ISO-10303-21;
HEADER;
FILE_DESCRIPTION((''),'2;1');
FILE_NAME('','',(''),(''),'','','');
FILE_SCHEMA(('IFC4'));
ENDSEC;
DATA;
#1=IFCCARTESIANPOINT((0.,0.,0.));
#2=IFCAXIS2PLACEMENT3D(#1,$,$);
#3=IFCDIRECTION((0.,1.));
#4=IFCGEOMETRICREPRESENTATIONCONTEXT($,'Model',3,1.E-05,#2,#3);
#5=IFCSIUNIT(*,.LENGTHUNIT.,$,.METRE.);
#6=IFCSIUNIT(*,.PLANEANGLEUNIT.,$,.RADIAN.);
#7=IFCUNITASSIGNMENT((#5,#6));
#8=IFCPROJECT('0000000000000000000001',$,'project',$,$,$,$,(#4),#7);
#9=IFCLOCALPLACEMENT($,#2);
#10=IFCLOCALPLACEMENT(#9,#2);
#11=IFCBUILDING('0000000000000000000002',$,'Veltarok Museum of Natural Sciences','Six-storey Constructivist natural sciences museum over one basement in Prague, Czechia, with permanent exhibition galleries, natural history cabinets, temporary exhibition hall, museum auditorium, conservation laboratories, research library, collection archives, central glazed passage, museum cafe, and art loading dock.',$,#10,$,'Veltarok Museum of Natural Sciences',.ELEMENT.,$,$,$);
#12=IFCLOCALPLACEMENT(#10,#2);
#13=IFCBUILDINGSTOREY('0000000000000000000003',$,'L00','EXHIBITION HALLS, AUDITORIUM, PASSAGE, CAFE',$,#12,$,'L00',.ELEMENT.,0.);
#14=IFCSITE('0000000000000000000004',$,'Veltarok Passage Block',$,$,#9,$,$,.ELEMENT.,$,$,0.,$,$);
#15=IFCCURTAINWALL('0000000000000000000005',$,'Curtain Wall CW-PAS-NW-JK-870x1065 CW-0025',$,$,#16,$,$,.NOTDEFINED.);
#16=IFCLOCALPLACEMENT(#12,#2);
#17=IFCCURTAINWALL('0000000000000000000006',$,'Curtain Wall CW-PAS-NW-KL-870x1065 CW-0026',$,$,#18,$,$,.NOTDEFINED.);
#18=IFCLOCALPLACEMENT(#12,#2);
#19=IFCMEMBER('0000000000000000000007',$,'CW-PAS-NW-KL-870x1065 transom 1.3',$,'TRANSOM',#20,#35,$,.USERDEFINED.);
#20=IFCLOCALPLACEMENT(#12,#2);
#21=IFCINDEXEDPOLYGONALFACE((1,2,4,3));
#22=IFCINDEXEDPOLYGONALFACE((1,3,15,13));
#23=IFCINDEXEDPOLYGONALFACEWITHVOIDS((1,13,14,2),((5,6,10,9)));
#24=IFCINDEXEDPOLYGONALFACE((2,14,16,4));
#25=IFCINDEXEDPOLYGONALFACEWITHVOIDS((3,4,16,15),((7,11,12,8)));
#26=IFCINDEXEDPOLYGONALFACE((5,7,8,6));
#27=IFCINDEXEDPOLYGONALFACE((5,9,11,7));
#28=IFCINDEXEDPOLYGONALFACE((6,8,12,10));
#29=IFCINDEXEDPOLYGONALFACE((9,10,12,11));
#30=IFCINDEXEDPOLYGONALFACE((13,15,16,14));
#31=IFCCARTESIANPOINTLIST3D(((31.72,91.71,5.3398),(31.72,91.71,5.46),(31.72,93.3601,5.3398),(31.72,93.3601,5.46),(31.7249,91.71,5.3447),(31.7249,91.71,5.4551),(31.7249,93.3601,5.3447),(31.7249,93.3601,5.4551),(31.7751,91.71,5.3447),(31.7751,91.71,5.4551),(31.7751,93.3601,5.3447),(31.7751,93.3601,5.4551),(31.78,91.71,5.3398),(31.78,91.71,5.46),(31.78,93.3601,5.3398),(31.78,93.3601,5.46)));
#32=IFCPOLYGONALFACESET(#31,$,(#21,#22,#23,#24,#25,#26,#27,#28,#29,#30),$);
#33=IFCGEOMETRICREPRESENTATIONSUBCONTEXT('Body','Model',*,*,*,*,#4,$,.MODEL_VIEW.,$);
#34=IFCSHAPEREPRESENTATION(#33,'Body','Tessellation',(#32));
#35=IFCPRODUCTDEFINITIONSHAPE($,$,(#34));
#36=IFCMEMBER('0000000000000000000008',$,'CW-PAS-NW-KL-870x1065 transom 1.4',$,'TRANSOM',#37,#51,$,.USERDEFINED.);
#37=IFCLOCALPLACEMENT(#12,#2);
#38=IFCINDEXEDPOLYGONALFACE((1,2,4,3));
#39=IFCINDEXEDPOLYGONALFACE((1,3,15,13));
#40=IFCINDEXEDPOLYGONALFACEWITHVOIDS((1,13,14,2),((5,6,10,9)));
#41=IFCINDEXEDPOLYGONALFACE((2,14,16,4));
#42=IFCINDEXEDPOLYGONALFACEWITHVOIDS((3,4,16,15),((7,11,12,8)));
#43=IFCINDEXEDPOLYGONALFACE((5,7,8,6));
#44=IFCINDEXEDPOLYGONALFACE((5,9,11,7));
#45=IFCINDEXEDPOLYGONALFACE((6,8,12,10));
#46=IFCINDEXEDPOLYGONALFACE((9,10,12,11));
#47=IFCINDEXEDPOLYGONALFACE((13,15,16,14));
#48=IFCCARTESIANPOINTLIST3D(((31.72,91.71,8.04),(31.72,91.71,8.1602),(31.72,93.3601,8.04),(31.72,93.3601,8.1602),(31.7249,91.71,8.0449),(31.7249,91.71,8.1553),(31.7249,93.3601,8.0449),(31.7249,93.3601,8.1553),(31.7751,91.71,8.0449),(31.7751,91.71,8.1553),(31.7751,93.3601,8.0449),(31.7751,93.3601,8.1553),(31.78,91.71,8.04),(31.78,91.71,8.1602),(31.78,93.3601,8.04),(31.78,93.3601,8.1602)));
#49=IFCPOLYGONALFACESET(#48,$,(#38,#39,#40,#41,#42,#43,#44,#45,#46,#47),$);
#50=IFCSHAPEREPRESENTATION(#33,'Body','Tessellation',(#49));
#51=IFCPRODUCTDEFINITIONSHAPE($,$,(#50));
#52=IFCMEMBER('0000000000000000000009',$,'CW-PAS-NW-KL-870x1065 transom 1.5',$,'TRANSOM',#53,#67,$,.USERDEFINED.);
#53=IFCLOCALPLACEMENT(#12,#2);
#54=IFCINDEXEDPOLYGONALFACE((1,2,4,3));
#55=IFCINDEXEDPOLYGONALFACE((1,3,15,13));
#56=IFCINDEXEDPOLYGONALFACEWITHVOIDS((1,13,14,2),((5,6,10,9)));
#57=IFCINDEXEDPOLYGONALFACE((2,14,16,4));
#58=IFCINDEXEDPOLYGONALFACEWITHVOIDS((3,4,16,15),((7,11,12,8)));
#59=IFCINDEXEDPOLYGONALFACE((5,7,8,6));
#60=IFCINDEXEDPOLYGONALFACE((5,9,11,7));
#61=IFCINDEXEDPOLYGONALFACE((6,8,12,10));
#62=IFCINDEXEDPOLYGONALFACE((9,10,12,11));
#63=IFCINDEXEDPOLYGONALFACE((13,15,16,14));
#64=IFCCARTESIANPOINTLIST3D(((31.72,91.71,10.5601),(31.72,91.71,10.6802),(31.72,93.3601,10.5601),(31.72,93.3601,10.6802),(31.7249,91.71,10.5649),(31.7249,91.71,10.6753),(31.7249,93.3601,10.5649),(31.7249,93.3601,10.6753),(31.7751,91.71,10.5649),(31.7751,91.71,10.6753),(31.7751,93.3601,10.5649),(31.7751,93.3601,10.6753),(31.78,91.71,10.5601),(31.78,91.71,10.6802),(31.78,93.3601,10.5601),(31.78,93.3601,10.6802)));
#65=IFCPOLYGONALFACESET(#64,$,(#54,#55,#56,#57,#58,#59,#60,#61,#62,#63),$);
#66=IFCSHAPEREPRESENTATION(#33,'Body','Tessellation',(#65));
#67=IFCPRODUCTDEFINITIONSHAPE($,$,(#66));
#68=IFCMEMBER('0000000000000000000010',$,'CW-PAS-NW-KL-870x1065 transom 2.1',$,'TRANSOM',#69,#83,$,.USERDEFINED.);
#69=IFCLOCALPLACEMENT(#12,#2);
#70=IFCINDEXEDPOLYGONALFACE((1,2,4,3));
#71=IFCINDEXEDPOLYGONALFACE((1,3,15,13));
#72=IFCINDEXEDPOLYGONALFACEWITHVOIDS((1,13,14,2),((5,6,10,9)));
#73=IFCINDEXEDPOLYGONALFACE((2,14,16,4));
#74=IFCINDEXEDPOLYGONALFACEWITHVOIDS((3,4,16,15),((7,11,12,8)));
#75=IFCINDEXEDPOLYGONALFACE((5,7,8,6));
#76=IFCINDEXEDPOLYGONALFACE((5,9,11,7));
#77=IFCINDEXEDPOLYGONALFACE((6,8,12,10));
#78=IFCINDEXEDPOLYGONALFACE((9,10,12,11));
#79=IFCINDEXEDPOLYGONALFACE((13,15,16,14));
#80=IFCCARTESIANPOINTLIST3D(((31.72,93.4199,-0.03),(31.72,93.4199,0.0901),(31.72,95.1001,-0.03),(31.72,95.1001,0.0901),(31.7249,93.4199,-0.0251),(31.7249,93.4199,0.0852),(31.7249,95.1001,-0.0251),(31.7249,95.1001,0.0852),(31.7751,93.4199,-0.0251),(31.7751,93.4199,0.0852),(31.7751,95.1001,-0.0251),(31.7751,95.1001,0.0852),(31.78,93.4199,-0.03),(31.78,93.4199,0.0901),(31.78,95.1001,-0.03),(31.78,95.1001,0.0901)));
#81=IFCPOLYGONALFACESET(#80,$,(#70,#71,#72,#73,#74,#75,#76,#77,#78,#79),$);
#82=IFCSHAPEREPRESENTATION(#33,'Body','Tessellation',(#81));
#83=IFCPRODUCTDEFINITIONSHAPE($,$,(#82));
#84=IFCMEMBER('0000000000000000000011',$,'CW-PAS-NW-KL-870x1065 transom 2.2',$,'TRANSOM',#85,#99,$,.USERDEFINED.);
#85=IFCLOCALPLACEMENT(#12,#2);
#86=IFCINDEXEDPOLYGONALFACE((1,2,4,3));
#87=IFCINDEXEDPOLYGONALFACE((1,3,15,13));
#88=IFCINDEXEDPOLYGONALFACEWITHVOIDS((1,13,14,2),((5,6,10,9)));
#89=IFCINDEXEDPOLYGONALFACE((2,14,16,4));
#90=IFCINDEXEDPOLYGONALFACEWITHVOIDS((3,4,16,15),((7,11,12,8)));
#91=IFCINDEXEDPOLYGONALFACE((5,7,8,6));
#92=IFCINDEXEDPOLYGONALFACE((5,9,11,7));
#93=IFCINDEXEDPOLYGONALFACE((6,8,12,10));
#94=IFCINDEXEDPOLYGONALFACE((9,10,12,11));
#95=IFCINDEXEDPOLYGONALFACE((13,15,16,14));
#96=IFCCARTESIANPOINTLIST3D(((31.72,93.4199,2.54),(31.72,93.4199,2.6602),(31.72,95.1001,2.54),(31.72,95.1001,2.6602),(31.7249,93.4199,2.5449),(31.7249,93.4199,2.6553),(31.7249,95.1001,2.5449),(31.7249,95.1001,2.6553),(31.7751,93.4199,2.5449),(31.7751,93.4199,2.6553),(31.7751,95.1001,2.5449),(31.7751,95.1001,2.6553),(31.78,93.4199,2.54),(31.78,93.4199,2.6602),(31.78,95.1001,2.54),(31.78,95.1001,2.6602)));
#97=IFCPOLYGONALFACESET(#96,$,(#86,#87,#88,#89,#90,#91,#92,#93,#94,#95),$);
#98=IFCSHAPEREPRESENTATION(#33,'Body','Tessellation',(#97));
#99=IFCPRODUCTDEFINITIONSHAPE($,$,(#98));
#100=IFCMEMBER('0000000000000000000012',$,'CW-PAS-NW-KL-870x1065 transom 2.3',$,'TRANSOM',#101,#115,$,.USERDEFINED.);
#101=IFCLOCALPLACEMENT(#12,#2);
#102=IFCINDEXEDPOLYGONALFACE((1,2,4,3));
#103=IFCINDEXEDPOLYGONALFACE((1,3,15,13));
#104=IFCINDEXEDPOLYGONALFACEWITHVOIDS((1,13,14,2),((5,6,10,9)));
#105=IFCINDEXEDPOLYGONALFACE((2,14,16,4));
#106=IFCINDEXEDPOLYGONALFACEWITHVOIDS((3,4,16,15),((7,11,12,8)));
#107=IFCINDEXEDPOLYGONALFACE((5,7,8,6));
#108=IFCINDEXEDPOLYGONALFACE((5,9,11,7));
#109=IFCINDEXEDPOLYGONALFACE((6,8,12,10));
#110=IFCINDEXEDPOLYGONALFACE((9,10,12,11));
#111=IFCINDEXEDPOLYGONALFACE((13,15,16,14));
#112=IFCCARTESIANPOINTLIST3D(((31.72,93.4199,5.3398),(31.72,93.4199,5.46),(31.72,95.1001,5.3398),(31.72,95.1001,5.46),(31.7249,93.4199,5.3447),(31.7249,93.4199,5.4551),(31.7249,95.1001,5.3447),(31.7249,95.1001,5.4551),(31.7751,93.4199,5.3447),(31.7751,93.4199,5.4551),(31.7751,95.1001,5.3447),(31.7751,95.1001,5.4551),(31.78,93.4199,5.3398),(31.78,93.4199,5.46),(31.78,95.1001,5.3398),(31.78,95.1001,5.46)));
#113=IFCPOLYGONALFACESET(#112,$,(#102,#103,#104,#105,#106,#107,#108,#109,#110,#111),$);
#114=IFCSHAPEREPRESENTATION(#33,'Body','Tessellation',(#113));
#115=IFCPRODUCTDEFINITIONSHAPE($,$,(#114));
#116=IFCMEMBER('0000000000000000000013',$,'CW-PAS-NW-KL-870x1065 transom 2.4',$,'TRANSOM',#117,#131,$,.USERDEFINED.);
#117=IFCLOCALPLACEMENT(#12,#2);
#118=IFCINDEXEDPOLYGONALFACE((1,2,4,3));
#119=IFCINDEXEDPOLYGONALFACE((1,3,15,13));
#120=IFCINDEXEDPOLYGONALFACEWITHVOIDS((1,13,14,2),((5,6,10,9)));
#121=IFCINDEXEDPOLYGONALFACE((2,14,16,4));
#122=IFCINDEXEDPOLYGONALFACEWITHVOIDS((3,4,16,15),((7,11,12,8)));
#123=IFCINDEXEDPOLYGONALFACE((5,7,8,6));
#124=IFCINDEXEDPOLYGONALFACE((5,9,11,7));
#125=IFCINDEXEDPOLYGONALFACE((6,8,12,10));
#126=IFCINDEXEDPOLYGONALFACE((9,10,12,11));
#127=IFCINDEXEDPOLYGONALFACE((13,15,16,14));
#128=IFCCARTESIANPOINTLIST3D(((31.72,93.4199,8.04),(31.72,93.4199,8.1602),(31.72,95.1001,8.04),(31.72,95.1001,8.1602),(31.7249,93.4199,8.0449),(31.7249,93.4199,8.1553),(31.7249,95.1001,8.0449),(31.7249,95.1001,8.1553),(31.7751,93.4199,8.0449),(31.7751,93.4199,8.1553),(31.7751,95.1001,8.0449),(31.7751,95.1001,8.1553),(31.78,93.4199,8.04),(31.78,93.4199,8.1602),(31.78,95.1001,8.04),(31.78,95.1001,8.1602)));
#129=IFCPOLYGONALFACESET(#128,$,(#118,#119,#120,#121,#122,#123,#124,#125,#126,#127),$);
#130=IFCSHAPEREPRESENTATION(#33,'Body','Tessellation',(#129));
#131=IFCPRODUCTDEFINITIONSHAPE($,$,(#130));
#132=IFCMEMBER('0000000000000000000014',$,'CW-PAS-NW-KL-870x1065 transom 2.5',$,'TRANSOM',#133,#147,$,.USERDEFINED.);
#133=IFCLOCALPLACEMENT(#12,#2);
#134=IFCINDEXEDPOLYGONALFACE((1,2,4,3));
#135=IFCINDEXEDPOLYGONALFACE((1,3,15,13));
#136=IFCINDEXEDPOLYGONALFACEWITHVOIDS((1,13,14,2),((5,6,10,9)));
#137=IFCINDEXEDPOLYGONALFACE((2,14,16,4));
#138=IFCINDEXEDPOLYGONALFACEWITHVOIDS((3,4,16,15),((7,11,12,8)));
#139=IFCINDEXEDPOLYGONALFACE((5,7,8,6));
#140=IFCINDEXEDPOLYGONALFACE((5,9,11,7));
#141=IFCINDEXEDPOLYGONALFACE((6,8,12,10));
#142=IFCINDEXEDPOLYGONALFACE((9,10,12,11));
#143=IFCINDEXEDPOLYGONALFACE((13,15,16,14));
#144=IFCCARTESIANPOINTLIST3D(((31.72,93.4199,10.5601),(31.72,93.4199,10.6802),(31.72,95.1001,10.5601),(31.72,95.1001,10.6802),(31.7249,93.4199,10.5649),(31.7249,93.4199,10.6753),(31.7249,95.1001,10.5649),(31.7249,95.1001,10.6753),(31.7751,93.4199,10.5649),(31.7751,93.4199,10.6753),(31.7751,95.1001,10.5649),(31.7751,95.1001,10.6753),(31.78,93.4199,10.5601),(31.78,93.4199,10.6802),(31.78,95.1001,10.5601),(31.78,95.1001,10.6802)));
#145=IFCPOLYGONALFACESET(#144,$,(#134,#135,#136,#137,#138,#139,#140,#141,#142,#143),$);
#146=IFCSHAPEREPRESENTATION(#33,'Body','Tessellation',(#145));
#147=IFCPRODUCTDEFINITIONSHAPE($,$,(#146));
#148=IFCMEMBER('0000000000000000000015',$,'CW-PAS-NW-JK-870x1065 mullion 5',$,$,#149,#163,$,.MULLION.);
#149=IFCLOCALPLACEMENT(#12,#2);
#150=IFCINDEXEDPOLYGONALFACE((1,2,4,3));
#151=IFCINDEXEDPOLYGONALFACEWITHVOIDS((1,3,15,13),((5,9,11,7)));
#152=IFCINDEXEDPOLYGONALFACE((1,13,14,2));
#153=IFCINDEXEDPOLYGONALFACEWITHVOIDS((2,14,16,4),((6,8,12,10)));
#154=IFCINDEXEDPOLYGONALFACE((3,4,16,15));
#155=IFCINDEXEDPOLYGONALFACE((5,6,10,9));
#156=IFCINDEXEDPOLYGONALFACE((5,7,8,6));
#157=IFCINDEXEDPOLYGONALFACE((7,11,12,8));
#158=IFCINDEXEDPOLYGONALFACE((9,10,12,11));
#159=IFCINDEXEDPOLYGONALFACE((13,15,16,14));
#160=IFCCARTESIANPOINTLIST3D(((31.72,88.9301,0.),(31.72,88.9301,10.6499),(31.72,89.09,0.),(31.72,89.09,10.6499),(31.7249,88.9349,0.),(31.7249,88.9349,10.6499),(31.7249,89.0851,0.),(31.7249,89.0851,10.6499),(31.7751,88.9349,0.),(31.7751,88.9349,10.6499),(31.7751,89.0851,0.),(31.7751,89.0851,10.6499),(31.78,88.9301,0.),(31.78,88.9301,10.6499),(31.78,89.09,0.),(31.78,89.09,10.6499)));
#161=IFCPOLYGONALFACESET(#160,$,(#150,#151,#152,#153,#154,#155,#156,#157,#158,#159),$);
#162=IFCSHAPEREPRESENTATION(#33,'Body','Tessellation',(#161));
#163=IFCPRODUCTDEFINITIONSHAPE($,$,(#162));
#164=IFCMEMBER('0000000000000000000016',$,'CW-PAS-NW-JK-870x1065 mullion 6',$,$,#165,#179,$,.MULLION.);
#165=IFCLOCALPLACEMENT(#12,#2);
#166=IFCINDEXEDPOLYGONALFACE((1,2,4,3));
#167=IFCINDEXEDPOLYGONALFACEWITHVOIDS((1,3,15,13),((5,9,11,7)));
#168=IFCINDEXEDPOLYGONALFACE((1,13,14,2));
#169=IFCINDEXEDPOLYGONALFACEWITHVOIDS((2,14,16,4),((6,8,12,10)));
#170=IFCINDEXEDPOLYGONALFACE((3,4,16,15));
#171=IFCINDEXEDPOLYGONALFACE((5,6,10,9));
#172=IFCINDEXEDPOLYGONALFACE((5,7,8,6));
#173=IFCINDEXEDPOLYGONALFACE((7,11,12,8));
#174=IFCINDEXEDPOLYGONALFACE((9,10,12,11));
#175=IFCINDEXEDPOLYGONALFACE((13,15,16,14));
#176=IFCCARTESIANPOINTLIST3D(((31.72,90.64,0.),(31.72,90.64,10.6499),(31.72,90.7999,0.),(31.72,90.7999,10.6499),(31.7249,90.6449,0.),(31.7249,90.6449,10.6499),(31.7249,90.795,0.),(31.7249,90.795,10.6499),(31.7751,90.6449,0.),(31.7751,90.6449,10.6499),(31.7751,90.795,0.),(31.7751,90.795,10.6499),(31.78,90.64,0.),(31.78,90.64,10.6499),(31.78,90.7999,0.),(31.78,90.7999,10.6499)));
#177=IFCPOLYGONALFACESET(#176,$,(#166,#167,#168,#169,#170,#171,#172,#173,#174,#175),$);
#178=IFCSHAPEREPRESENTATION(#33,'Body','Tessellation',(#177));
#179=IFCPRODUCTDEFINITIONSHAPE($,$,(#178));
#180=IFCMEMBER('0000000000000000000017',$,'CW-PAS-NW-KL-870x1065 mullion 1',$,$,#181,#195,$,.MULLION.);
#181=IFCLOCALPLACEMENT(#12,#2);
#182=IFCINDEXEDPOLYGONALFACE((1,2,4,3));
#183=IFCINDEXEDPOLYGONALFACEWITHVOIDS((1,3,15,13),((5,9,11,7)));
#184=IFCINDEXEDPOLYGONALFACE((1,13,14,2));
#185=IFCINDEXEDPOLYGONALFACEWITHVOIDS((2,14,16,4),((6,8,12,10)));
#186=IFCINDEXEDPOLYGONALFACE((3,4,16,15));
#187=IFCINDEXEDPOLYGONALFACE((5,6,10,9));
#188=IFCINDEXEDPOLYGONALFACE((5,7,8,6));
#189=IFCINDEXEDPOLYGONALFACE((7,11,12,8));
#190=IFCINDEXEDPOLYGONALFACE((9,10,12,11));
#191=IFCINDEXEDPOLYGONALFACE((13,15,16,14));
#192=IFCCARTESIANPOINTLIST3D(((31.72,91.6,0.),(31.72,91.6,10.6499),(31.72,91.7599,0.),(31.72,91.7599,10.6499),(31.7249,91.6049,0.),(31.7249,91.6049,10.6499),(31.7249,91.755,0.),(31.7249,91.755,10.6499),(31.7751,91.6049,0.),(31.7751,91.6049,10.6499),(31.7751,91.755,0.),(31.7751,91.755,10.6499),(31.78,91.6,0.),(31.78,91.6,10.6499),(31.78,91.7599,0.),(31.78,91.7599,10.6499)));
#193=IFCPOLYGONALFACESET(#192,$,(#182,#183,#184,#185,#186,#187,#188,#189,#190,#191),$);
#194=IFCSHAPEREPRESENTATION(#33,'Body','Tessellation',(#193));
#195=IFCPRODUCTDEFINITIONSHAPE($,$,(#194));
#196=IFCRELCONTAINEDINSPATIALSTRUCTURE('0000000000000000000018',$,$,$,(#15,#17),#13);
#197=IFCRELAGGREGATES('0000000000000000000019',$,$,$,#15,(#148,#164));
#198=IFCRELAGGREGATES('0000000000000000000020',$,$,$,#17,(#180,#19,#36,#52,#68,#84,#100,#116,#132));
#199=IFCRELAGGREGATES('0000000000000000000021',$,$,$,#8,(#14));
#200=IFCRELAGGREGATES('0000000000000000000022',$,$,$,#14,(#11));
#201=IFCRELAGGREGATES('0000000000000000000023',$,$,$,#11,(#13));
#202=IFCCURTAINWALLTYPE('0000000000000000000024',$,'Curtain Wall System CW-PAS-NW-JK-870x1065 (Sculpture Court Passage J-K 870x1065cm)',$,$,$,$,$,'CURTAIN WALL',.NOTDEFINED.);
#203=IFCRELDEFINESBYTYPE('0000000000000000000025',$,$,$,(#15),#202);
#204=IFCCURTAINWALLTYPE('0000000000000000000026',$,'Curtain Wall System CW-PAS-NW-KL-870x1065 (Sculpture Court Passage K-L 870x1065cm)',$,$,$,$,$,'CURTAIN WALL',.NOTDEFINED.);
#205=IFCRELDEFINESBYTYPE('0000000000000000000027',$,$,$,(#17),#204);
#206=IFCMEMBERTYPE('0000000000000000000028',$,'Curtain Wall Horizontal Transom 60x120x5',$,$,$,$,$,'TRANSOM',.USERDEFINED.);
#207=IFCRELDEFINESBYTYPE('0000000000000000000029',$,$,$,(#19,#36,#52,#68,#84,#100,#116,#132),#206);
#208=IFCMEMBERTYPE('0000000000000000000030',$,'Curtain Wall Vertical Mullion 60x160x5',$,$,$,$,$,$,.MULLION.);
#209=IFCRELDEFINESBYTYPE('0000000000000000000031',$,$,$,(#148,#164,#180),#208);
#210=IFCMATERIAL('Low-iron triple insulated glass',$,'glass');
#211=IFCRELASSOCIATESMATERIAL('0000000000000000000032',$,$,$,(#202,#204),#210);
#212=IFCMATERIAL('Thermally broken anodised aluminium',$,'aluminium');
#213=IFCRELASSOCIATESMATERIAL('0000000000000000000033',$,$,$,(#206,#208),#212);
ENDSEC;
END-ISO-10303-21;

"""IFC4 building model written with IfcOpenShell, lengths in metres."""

from ifc_helpers import new_model, si_unit, direction, frame, origin, origin_2d, place, context, subcontext, project, spatial, hollow_rectangle, extrude, material, material_profile, profile_set, type_object, element, aggregate, save


model = new_model("IFC4")

# Units and contexts
model_context = context("Model", 3, precision=1e-05, world=origin(), true_north=direction((0.0, 1.0)))
body_context = subcontext(model_context, "Body", "Model", "MODEL_VIEW")
ifc_project = project(units=[si_unit("LENGTHUNIT", "METRE"), si_unit("PLANEANGLEUNIT", "RADIAN")], contexts=[model_context])

# Site, building, storey
site_placement = place(None, origin())
site = spatial("IfcSite", under=ifc_project, at=site_placement, Name="Veltarok Passage Block", CompositionType="ELEMENT", RefElevation=0.0)
building_placement = place(site_placement, origin())
building = spatial("IfcBuilding", under=site, at=building_placement, Name="Veltarok Museum of Natural Sciences", Description="Six-storey Constructivist natural sciences museum over one basement in Prague, Czechia, with permanent exhibition galleries, natural history cabinets, temporary exhibition hall, museum auditorium, conservation laboratories, research library, collection archives, central glazed passage, museum cafe, and art loading dock.", LongName="Veltarok Museum of Natural Sciences", CompositionType="ELEMENT")
storey_placement = place(building_placement, origin())
storey = spatial("IfcBuildingStorey", under=building, at=storey_placement, Name="L00", Description="EXHIBITION HALLS, AUDITORIUM, PASSAGE, CAFE", LongName="L00", CompositionType="ELEMENT", Elevation=0.0)

# Curtain walls, members
ifc_material_1 = material(Name="Low-iron triple insulated glass", Category="glass")
curtain_wall_type_1 = type_object("IfcCurtainWallType", Name="Curtain Wall System CW-PAS-NW-JK-870x1065 (Sculpture Court Passage J-K 870x1065cm)", ElementType="CURTAIN WALL", PredefinedType="NOTDEFINED", material=ifc_material_1)
curtain_wall_1_placement = place(storey_placement, origin())
curtain_wall_1 = element("IfcCurtainWall", 1, at=curtain_wall_1_placement, inside=storey, type_object=curtain_wall_type_1, Name="Curtain Wall CW-PAS-NW-JK-870x1065 CW-0025", PredefinedType="NOTDEFINED")
ifc_material_2 = material(Name="Thermally broken anodised aluminium", Category="aluminium")
ifc_material_profile_1 = material_profile(ifc_material_2, hollow_rectangle(XDim=0.0601, YDim=0.1201, WallThickness=0.0049, at=origin_2d()), Name="CW TRANSOM 60x120x5")
ifc_profile_set_1 = profile_set([ifc_material_profile_1], Name="Thermally broken anodised aluminium")
member_type_1 = type_object("IfcMemberType", Name="Curtain Wall Horizontal Transom 60x120x5", ElementType="TRANSOM", PredefinedType="USERDEFINED", material=ifc_profile_set_1)
curtain_wall_type_2 = type_object("IfcCurtainWallType", Name="Curtain Wall System CW-PAS-NW-KL-870x1065 (Sculpture Court Passage K-L 870x1065cm)", ElementType="CURTAIN WALL", PredefinedType="NOTDEFINED", material=ifc_material_1)
curtain_wall_2_placement = place(storey_placement, origin())
curtain_wall_2 = element("IfcCurtainWall", 2, at=curtain_wall_2_placement, inside=storey, type_object=curtain_wall_type_2, Name="Curtain Wall CW-PAS-NW-KL-870x1065 CW-0026", PredefinedType="NOTDEFINED")
member_1_placement = place(storey_placement, frame((31.75, 91.71, 5.3999), z_axis=(0.0, 1.0, 0.0), x_axis=(-1.0, 0.0, 0.0)))
member_1 = element("IfcMember", 3, at=member_1_placement, type_object=member_type_1, Name="CW-PAS-NW-KL-870x1065 transom 1.3", ObjectType="TRANSOM", PredefinedType="USERDEFINED", context=body_context, shape_type="SweptSolid", body=[
    extrude(hollow_rectangle(XDim=0.0601, YDim=0.1201, WallThickness=0.0049, at=origin_2d()), origin(), (0.0, 0.0, 1.0), 1.6501),
])
member_2_placement = place(storey_placement, frame((31.75, 91.71, 8.1001), z_axis=(0.0, 1.0, 0.0), x_axis=(-1.0, 0.0, 0.0)))
member_2 = element("IfcMember", 4, at=member_2_placement, type_object=member_type_1, Name="CW-PAS-NW-KL-870x1065 transom 1.4", ObjectType="TRANSOM", PredefinedType="USERDEFINED", context=body_context, shape_type="SweptSolid", body=[
    extrude(hollow_rectangle(XDim=0.0601, YDim=0.1201, WallThickness=0.0049, at=origin_2d()), origin(), (0.0, 0.0, 1.0), 1.6501),
])
member_3_placement = place(storey_placement, frame((31.75, 91.71, 10.6201), z_axis=(0.0, 1.0, 0.0), x_axis=(-1.0, 0.0, 0.0)))
member_3 = element("IfcMember", 5, at=member_3_placement, type_object=member_type_1, Name="CW-PAS-NW-KL-870x1065 transom 1.5", ObjectType="TRANSOM", PredefinedType="USERDEFINED", context=body_context, shape_type="SweptSolid", body=[
    extrude(hollow_rectangle(XDim=0.0601, YDim=0.1201, WallThickness=0.0049, at=origin_2d()), origin(), (0.0, 0.0, 1.0), 1.6501),
])
member_4_placement = place(storey_placement, frame((31.75, 93.4199, 0.03), z_axis=(0.0, 1.0, 0.0), x_axis=(-1.0, 0.0, 0.0)))
member_4 = element("IfcMember", 6, at=member_4_placement, type_object=member_type_1, Name="CW-PAS-NW-KL-870x1065 transom 2.1", ObjectType="TRANSOM", PredefinedType="USERDEFINED", context=body_context, shape_type="SweptSolid", body=[
    extrude(hollow_rectangle(XDim=0.0601, YDim=0.1201, WallThickness=0.0049, at=origin_2d()), origin(), (0.0, 0.0, 1.0), 1.6802),
])
member_5_placement = place(storey_placement, frame((31.75, 93.4199, 2.6001), z_axis=(0.0, 1.0, 0.0), x_axis=(-1.0, 0.0, 0.0)))
member_5 = element("IfcMember", 7, at=member_5_placement, type_object=member_type_1, Name="CW-PAS-NW-KL-870x1065 transom 2.2", ObjectType="TRANSOM", PredefinedType="USERDEFINED", context=body_context, shape_type="SweptSolid", body=[
    extrude(hollow_rectangle(XDim=0.0601, YDim=0.1201, WallThickness=0.0049, at=origin_2d()), origin(), (0.0, 0.0, 1.0), 1.6802),
])
member_6_placement = place(storey_placement, frame((31.75, 93.4199, 5.3999), z_axis=(0.0, 1.0, 0.0), x_axis=(-1.0, 0.0, 0.0)))
member_6 = element("IfcMember", 8, at=member_6_placement, type_object=member_type_1, Name="CW-PAS-NW-KL-870x1065 transom 2.3", ObjectType="TRANSOM", PredefinedType="USERDEFINED", context=body_context, shape_type="SweptSolid", body=[
    extrude(hollow_rectangle(XDim=0.0601, YDim=0.1201, WallThickness=0.0049, at=origin_2d()), origin(), (0.0, 0.0, 1.0), 1.6802),
])
member_7_placement = place(storey_placement, frame((31.75, 93.4199, 8.1001), z_axis=(0.0, 1.0, 0.0), x_axis=(-1.0, 0.0, 0.0)))
member_7 = element("IfcMember", 9, at=member_7_placement, type_object=member_type_1, Name="CW-PAS-NW-KL-870x1065 transom 2.4", ObjectType="TRANSOM", PredefinedType="USERDEFINED", context=body_context, shape_type="SweptSolid", body=[
    extrude(hollow_rectangle(XDim=0.0601, YDim=0.1201, WallThickness=0.0049, at=origin_2d()), origin(), (0.0, 0.0, 1.0), 1.6802),
])
member_8_placement = place(storey_placement, frame((31.75, 93.4199, 10.6201), z_axis=(0.0, 1.0, 0.0), x_axis=(-1.0, 0.0, 0.0)))
member_8 = element("IfcMember", 10, at=member_8_placement, type_object=member_type_1, Name="CW-PAS-NW-KL-870x1065 transom 2.5", ObjectType="TRANSOM", PredefinedType="USERDEFINED", context=body_context, shape_type="SweptSolid", body=[
    extrude(hollow_rectangle(XDim=0.0601, YDim=0.1201, WallThickness=0.0049, at=origin_2d()), origin(), (0.0, 0.0, 1.0), 1.6802),
])

# Members
ifc_material_profile_2 = material_profile(ifc_material_2, hollow_rectangle(XDim=0.0601, YDim=0.1599, WallThickness=0.0049, at=origin_2d()), Name="CW MULLION 60x160x5")
ifc_profile_set_2 = profile_set([ifc_material_profile_2], Name="Thermally broken anodised aluminium")
member_type_2 = type_object("IfcMemberType", Name="Curtain Wall Vertical Mullion 60x160x5", PredefinedType="MULLION", material=ifc_profile_set_2)
member_9_placement = place(storey_placement, frame((31.75, 89.01, 0.0), z_axis=(0.0, 0.0, 1.0), x_axis=(-1.0, 0.0, 0.0)))
member_9 = element("IfcMember", 11, at=member_9_placement, type_object=member_type_2, Name="CW-PAS-NW-JK-870x1065 mullion 5", PredefinedType="MULLION", context=body_context, shape_type="SweptSolid", body=[
    extrude(hollow_rectangle(XDim=0.0601, YDim=0.1599, WallThickness=0.0049, at=origin_2d()), origin(), (0.0, 0.0, 1.0), 10.6499),
])
member_10_placement = place(storey_placement, frame((31.75, 90.72, 0.0), z_axis=(0.0, 0.0, 1.0), x_axis=(-1.0, 0.0, 0.0)))
member_10 = element("IfcMember", 12, at=member_10_placement, type_object=member_type_2, Name="CW-PAS-NW-JK-870x1065 mullion 6", PredefinedType="MULLION", context=body_context, shape_type="SweptSolid", body=[
    extrude(hollow_rectangle(XDim=0.0601, YDim=0.1599, WallThickness=0.0049, at=origin_2d()), origin(), (0.0, 0.0, 1.0), 10.6499),
])
member_11_placement = place(storey_placement, frame((31.75, 91.6799, 0.0), z_axis=(0.0, 0.0, 1.0), x_axis=(-1.0, 0.0, 0.0)))
member_11 = element("IfcMember", 13, at=member_11_placement, type_object=member_type_2, Name="CW-PAS-NW-KL-870x1065 mullion 1", PredefinedType="MULLION", context=body_context, shape_type="SweptSolid", body=[
    extrude(hollow_rectangle(XDim=0.0601, YDim=0.1599, WallThickness=0.0049, at=origin_2d()), origin(), (0.0, 0.0, 1.0), 10.6499),
])

aggregate(curtain_wall_1, [member_9, member_10])
aggregate(curtain_wall_2, [member_11, member_1, member_2, member_3, member_4, member_5, member_6, member_7, member_8])

save(model, "model.ifc")
